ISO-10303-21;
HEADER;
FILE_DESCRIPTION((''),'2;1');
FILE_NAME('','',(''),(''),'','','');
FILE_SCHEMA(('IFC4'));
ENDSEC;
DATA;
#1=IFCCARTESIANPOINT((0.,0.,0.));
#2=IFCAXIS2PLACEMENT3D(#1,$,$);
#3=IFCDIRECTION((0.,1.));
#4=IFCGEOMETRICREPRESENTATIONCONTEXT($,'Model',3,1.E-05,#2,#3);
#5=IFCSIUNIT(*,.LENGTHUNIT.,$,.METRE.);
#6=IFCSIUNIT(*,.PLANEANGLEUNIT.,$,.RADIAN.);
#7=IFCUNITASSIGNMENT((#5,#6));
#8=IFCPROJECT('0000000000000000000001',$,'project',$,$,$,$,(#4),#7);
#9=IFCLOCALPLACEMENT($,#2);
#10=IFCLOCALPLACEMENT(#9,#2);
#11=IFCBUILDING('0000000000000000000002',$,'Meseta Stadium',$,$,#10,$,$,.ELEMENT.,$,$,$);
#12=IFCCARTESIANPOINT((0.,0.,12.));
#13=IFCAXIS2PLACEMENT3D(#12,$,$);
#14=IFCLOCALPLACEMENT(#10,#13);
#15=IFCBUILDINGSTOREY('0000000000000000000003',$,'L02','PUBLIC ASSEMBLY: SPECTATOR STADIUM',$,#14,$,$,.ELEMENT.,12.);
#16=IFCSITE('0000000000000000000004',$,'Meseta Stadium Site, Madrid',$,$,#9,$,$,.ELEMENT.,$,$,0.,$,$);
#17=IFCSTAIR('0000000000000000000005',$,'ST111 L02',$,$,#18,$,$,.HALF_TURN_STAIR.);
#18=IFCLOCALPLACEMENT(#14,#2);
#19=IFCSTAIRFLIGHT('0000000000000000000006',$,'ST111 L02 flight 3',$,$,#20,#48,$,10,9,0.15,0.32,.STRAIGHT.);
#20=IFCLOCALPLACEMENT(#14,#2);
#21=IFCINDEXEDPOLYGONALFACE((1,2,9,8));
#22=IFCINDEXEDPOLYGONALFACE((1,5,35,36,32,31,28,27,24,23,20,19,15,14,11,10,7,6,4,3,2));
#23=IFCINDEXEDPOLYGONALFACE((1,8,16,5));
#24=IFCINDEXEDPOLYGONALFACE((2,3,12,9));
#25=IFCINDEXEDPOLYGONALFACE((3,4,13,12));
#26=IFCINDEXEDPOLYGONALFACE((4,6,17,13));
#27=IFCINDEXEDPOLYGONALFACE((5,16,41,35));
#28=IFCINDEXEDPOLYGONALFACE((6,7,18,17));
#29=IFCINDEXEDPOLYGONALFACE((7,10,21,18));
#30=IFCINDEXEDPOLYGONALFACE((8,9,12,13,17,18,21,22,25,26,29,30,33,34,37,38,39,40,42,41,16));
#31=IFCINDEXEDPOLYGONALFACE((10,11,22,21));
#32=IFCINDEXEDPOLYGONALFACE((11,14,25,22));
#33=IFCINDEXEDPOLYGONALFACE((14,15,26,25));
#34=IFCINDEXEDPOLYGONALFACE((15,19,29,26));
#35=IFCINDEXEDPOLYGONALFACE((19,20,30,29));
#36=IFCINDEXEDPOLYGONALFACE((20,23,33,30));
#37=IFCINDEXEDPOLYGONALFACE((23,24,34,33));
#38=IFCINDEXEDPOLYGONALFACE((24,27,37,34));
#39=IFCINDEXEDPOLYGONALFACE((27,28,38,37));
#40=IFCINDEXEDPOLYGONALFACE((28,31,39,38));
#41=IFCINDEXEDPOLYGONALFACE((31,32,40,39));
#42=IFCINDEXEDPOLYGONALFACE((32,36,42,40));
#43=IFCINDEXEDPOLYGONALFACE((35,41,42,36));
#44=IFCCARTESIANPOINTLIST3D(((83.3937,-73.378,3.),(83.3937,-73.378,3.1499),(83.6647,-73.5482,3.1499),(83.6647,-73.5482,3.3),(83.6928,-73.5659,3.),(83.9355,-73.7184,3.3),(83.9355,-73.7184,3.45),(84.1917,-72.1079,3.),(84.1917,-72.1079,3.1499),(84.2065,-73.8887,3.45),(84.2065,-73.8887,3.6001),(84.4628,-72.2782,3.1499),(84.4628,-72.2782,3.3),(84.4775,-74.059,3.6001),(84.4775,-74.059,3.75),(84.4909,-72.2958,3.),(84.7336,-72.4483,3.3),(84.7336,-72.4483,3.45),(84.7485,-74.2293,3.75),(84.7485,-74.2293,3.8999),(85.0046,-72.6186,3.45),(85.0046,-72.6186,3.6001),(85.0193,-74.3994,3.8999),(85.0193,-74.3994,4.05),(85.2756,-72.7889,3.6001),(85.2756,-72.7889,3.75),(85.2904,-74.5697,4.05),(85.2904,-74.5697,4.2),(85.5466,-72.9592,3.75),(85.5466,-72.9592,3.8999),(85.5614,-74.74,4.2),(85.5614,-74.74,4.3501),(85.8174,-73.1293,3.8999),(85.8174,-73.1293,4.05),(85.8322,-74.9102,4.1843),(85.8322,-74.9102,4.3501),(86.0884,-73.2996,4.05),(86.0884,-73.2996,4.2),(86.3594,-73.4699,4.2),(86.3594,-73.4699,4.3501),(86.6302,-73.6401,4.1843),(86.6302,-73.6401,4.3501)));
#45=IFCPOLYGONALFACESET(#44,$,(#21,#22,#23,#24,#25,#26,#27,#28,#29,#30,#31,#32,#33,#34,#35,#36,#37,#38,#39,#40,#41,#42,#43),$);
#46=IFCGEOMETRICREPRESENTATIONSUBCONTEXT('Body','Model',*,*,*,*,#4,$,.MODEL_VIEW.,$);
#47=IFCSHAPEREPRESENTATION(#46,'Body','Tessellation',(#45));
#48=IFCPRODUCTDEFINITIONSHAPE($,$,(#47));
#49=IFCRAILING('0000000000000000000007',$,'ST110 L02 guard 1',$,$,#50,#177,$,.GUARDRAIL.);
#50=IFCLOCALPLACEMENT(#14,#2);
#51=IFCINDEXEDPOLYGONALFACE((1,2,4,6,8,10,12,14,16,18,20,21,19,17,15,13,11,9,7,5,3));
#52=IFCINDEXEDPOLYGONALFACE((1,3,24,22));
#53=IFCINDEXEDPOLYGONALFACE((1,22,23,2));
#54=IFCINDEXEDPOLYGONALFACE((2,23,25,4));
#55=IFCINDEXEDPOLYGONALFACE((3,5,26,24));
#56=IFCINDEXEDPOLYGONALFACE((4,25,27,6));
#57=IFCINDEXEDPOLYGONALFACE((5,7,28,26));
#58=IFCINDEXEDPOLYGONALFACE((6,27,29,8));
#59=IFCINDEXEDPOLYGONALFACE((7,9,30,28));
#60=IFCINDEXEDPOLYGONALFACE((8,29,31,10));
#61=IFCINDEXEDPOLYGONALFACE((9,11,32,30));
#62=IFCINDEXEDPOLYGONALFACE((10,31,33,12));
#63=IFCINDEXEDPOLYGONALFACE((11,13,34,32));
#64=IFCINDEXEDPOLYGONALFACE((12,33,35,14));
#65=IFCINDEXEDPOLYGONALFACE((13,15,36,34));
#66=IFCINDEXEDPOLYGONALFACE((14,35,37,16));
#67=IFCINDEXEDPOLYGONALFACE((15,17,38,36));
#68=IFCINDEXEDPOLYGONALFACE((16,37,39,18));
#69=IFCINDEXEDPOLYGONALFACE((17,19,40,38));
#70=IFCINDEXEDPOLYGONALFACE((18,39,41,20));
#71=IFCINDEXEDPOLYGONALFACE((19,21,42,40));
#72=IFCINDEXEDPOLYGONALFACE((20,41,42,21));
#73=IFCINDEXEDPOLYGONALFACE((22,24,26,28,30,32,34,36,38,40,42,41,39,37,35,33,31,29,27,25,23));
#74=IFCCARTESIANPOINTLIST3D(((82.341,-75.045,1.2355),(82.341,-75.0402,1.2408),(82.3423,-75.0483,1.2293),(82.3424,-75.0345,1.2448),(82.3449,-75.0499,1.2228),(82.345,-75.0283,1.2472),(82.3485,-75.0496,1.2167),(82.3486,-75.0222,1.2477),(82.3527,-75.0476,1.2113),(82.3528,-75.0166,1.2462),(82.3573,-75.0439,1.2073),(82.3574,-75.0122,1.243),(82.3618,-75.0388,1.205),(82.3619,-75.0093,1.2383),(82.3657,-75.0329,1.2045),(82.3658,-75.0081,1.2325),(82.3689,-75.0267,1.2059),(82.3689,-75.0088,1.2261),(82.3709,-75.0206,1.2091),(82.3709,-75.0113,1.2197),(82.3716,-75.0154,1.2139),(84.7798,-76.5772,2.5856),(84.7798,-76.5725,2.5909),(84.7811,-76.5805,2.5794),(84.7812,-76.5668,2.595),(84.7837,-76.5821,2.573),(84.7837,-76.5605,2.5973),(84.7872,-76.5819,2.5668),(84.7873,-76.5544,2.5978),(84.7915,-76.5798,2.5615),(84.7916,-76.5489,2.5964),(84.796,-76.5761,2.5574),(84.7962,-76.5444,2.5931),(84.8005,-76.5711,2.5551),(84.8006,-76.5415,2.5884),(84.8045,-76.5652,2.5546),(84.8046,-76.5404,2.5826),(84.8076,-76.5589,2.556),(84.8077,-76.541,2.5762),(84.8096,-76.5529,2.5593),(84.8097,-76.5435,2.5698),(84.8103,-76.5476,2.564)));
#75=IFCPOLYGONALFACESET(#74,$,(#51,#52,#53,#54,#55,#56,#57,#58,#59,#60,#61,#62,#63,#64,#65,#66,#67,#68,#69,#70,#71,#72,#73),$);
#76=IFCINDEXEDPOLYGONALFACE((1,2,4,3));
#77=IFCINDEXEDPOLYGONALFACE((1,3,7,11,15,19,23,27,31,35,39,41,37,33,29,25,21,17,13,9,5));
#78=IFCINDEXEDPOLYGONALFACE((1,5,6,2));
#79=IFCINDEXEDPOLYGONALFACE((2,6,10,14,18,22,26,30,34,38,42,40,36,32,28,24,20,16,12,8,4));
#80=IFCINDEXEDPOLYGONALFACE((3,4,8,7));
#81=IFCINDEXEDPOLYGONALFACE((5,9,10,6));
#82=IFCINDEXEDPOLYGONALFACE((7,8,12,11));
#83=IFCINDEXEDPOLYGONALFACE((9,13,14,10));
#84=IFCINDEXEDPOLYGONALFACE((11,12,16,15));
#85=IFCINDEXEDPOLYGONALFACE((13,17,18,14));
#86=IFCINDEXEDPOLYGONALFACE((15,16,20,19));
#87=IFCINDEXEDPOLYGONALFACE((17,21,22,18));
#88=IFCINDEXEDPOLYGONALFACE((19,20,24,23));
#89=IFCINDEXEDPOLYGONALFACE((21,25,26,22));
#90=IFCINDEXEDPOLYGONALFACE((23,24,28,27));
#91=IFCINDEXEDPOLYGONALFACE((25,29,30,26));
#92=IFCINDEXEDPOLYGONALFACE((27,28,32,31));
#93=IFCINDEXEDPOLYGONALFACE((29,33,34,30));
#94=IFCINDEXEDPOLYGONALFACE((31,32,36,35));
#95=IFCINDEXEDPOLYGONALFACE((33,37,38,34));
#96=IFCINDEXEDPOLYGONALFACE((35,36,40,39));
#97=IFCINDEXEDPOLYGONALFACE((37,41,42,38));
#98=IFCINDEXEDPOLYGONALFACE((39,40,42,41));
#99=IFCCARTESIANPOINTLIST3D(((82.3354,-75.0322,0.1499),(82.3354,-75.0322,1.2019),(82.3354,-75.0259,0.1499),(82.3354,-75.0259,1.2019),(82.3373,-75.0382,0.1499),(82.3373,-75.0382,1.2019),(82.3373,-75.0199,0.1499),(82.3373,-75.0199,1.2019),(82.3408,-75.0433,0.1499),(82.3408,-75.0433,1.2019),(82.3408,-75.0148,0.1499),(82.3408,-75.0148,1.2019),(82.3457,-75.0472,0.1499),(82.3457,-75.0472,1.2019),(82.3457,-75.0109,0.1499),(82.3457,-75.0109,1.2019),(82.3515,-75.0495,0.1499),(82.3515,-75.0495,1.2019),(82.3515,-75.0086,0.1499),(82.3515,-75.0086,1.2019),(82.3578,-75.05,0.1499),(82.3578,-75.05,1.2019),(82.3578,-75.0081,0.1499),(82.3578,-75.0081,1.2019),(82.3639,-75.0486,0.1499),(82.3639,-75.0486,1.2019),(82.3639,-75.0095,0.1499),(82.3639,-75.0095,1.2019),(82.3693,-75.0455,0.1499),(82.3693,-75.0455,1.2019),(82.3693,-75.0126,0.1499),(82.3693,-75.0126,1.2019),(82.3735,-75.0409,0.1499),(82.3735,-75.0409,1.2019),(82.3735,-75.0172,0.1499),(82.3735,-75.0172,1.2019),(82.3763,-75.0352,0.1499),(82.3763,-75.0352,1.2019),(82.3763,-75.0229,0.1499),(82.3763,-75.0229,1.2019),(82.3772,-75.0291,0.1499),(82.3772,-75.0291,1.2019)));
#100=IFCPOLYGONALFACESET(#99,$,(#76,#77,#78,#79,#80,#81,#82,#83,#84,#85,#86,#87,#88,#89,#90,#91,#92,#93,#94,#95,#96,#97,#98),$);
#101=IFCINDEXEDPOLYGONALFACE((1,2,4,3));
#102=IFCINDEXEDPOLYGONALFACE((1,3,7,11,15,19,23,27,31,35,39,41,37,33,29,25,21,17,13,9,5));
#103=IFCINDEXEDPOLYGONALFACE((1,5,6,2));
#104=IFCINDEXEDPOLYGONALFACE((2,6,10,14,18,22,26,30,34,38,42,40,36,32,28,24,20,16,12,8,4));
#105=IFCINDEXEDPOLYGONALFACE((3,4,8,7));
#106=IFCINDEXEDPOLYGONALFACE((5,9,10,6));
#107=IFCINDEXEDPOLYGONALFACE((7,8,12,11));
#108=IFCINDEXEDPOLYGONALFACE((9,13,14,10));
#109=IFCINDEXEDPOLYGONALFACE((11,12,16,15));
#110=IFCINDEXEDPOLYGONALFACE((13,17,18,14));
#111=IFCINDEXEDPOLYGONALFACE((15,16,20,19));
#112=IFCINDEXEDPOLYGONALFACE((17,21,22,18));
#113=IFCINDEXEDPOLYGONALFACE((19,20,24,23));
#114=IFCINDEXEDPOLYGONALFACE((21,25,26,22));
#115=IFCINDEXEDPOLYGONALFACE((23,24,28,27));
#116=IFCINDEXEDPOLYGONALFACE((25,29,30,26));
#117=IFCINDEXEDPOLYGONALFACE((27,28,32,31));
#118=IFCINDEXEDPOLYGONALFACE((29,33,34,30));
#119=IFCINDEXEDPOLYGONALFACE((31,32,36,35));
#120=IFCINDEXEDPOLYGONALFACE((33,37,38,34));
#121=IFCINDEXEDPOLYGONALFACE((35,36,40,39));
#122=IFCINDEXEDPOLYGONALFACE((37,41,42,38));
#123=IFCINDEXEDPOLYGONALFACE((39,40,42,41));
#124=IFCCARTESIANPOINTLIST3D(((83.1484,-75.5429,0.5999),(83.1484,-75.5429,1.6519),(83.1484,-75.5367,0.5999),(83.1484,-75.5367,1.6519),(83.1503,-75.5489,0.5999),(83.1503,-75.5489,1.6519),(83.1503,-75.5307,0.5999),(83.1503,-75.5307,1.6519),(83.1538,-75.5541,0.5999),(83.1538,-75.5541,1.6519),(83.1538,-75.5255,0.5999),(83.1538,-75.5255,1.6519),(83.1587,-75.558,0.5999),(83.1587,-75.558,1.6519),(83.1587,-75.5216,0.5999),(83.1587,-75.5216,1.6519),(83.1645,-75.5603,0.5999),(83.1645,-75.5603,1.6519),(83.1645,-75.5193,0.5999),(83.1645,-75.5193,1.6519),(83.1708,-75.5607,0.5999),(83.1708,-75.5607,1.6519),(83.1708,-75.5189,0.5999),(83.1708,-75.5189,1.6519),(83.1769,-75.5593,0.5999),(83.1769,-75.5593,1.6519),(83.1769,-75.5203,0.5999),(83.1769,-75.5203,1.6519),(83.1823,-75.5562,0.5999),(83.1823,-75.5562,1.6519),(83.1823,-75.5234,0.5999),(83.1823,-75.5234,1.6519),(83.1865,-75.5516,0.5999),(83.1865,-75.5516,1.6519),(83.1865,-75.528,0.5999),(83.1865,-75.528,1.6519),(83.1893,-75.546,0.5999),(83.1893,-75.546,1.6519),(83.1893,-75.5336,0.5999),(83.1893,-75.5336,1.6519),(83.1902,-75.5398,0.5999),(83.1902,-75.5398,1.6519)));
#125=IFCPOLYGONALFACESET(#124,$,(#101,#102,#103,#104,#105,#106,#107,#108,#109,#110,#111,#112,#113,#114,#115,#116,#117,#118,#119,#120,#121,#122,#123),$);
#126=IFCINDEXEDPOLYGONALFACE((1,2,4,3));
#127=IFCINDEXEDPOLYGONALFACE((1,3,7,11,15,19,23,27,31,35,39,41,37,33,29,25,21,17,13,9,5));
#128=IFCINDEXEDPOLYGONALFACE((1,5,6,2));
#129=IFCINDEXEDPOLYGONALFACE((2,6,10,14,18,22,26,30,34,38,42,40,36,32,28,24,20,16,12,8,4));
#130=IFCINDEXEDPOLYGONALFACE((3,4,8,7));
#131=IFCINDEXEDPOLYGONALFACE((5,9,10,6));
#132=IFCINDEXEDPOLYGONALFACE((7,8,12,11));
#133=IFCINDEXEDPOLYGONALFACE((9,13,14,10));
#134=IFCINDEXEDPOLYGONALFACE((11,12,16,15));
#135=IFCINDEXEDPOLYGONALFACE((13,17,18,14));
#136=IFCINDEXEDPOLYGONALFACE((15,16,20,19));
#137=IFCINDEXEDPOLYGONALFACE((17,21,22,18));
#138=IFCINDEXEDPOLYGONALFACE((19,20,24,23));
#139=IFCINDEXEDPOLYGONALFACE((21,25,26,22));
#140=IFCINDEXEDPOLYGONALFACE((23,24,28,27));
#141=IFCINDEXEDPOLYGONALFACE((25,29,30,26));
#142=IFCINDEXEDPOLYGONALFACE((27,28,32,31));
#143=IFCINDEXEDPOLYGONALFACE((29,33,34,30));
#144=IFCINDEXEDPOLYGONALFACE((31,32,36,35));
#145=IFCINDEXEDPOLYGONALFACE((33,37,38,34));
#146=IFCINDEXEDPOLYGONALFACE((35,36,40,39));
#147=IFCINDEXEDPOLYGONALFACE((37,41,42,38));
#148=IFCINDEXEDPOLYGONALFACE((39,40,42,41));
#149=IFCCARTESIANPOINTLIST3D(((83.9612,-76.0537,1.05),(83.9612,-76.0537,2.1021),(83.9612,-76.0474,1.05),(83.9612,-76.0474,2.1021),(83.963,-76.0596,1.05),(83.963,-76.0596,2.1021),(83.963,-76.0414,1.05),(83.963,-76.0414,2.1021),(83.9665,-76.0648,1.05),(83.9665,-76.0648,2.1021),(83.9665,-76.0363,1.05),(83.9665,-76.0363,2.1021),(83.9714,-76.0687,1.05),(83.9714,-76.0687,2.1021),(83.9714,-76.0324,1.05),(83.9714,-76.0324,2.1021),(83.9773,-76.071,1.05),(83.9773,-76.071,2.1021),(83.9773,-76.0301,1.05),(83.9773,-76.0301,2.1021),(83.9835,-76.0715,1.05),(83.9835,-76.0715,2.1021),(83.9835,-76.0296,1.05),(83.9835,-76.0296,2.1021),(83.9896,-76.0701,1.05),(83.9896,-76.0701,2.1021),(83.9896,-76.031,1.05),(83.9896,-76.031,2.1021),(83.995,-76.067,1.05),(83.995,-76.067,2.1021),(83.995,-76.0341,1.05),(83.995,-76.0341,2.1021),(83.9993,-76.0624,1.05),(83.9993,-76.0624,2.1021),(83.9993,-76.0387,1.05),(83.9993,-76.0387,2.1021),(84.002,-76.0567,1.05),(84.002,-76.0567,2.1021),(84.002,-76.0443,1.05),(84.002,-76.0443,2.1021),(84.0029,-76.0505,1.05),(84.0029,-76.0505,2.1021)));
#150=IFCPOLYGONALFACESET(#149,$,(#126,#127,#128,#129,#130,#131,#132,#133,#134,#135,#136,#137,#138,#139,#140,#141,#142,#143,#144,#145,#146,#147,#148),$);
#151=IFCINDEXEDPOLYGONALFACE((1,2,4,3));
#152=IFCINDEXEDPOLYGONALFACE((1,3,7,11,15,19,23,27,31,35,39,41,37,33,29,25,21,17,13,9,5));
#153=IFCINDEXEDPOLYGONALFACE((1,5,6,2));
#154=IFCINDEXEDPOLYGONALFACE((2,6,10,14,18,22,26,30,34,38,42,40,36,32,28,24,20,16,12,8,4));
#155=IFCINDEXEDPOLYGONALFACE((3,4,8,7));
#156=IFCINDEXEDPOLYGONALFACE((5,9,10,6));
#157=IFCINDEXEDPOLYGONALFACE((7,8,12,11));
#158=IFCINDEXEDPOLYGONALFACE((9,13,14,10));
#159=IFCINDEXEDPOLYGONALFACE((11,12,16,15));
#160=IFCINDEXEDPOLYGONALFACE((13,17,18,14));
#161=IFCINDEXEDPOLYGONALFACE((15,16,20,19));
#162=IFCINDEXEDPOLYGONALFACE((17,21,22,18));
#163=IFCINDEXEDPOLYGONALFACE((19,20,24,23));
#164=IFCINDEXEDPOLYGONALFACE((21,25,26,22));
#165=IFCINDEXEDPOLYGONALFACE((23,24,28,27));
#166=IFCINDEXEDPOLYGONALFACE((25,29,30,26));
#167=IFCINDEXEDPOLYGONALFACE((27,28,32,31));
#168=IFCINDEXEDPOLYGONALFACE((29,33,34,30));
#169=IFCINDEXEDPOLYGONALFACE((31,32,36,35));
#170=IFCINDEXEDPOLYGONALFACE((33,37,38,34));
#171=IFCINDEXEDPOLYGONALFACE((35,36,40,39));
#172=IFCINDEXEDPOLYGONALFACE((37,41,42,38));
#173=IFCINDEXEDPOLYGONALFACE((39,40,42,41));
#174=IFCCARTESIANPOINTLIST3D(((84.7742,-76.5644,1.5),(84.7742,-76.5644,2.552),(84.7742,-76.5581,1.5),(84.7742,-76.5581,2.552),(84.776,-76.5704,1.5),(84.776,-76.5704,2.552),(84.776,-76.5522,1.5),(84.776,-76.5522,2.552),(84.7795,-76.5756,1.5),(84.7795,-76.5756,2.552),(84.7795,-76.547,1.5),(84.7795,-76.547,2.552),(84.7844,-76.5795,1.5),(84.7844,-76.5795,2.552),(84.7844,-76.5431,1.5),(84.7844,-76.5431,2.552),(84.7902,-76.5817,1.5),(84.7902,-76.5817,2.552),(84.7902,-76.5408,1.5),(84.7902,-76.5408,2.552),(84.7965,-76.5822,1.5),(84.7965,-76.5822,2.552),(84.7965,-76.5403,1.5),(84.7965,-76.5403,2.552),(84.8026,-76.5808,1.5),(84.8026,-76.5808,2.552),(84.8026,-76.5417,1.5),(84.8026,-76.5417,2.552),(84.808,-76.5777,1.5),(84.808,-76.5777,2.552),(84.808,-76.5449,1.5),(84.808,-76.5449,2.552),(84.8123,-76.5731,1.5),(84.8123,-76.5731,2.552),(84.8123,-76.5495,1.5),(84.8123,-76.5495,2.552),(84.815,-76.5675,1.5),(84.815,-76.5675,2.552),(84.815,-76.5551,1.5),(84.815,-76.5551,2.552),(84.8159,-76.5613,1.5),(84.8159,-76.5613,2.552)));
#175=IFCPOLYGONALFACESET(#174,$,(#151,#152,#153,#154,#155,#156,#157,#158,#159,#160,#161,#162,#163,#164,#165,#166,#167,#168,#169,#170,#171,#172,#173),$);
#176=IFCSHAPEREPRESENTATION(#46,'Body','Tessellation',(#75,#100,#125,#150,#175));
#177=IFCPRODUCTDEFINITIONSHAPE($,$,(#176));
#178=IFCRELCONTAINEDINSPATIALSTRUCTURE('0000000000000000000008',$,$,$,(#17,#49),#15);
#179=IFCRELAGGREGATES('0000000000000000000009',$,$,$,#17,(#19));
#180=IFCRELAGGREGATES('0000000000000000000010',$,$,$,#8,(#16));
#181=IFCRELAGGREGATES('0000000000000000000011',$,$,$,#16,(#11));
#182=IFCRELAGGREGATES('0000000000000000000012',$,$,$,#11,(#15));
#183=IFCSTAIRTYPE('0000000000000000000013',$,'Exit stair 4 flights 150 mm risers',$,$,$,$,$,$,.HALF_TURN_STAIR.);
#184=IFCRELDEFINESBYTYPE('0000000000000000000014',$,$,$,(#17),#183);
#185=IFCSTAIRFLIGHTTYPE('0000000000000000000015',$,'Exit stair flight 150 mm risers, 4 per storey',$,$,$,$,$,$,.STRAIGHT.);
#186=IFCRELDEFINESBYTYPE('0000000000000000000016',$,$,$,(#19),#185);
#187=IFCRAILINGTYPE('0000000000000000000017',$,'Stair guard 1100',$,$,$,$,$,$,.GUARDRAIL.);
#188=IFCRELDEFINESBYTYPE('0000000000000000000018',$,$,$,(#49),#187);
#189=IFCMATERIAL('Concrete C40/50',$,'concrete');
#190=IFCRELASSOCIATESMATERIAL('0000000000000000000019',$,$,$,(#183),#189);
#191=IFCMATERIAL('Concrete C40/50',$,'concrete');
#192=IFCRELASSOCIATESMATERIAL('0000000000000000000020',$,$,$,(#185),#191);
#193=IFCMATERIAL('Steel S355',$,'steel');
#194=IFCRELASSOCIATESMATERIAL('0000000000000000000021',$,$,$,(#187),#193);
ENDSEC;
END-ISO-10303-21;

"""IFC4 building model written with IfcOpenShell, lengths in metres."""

from ifc_helpers import new_model, si_unit, direction, frame, origin, origin_2d, place, context, subcontext, project, spatial, polyline, circle, outline, extrude, material, type_object, element, aggregate, save


model = new_model("IFC4")

# Units and contexts
model_context = context("Model", 3, precision=1e-05, world=origin(), true_north=direction((0.0, 1.0)))
body_context = subcontext(model_context, "Body", "Model", "MODEL_VIEW")
ifc_project = project(units=[si_unit("LENGTHUNIT", "METRE"), si_unit("PLANEANGLEUNIT", "RADIAN")], contexts=[model_context])

# Site, building, storey
site_placement = place(None, origin())
site = spatial("IfcSite", under=ifc_project, at=site_placement, Name="Meseta Stadium Site, Madrid", CompositionType="ELEMENT", RefElevation=0.0)
building_placement = place(site_placement, origin())
building = spatial("IfcBuilding", under=site, at=building_placement, Name="Meseta Stadium", CompositionType="ELEMENT")
storey_placement = place(building_placement, frame((0.0, 0.0, 12.0)))
storey = spatial("IfcBuildingStorey", under=building, at=storey_placement, Name="L02", Description="PUBLIC ASSEMBLY: SPECTATOR STADIUM", CompositionType="ELEMENT", Elevation=12.0)

# Stair, stair flight
ifc_material_1 = material(Name="Concrete C40/50", Category="concrete")
stair_type = type_object("IfcStairType", Name="Exit stair 4 flights 150 mm risers", PredefinedType="HALF_TURN_STAIR", material=ifc_material_1)
ifc_material_2 = material(Name="Concrete C40/50", Category="concrete")
stair_flight_type = type_object("IfcStairFlightType", Name="Exit stair flight 150 mm risers, 4 per storey", PredefinedType="STRAIGHT", material=ifc_material_2)
stair_1_placement = place(storey_placement, origin())
stair_1 = element("IfcStair", 1, at=stair_1_placement, inside=storey, type_object=stair_type, Name="ST111 L02", PredefinedType="HALF_TURN_STAIR")
stair_flight_1_placement = place(storey_placement, frame((83.7927, -72.7429, 3.0), z_axis=(0.0, 0.0, 1.0), x_axis=(0.846724, -0.532032, 0.0)))
stair_flight_1 = element("IfcStairFlight", 2, at=stair_flight_1_placement, type_object=stair_flight_type, Name="ST111 L02 flight 3", NumberOfRisers=10, NumberOfTreads=9, PredefinedType="STRAIGHT", RiserHeight=0.15, TreadLength=0.32, context=body_context, shape_type="SweptSolid", body=[
    extrude(outline(polyline([(0.0, 0.0), (0.0, 0.1499), (0.3201, 0.1499), (0.3201, 0.3), (0.6399, 0.3), (0.6399, 0.45), (0.96, 0.45), (0.96, 0.6001), (1.28, 0.6001), (1.28, 0.75), (1.6001, 0.75), (1.6001, 0.8999), (1.9199, 0.8999), (1.9199, 1.05), (2.24, 1.05), (2.24, 1.2), (2.5601, 1.2), (2.5601, 1.3501), (2.8799, 1.3501), (2.8799, 1.1843), (0.3533, 0.0), (0.0, 0.0)])), frame((0.0, 0.75, 0.0), z_axis=(0.0, -1.0, 0.0), x_axis=(1.0, 0.0, 0.0)), (0.0, 0.0, 1.0), 1.5),
])
aggregate(stair_1, [stair_flight_1])

# Railing
ifc_material_3 = material(Name="Steel S355", Category="steel")
railing_type_1 = type_object("IfcRailingType", Name="Stair guard 1100", PredefinedType="GUARDRAIL", material=ifc_material_3)
railing_1_placement = place(storey_placement, frame((82.3562, -75.0291, 0.1499)))
element("IfcRailing", 3, at=railing_1_placement, inside=storey, type_object=railing_type_1, Name="ST110 L02 guard 1", PredefinedType="GUARDRAIL", context=body_context, shape_type="SweptSolid", body=[
    extrude(circle(Radius=0.0239, at=origin_2d()), frame((0.0, 0.0, 1.0762), z_axis=(0.766687, -0.481703, 0.424445), x_axis=(0.532001, 0.846743, 0.0)), (0.0, 0.0, 1.0), 3.1809),
    extrude(circle(Radius=0.021, at=origin_2d()), origin(), (0.0, 0.0, 1.0), 1.052),
    extrude(circle(Radius=0.021, at=origin_2d()), frame((0.813, -0.5107, 0.45)), (0.0, 0.0, 1.0), 1.052),
    extrude(circle(Radius=0.021, at=origin_2d()), frame((1.6257, -1.0215, 0.9001)), (0.0, 0.0, 1.0), 1.052),
    extrude(circle(Radius=0.021, at=origin_2d()), frame((2.4387, -1.5322, 1.3501)), (0.0, 0.0, 1.0), 1.052),
])

save(model, "model.ifc")
